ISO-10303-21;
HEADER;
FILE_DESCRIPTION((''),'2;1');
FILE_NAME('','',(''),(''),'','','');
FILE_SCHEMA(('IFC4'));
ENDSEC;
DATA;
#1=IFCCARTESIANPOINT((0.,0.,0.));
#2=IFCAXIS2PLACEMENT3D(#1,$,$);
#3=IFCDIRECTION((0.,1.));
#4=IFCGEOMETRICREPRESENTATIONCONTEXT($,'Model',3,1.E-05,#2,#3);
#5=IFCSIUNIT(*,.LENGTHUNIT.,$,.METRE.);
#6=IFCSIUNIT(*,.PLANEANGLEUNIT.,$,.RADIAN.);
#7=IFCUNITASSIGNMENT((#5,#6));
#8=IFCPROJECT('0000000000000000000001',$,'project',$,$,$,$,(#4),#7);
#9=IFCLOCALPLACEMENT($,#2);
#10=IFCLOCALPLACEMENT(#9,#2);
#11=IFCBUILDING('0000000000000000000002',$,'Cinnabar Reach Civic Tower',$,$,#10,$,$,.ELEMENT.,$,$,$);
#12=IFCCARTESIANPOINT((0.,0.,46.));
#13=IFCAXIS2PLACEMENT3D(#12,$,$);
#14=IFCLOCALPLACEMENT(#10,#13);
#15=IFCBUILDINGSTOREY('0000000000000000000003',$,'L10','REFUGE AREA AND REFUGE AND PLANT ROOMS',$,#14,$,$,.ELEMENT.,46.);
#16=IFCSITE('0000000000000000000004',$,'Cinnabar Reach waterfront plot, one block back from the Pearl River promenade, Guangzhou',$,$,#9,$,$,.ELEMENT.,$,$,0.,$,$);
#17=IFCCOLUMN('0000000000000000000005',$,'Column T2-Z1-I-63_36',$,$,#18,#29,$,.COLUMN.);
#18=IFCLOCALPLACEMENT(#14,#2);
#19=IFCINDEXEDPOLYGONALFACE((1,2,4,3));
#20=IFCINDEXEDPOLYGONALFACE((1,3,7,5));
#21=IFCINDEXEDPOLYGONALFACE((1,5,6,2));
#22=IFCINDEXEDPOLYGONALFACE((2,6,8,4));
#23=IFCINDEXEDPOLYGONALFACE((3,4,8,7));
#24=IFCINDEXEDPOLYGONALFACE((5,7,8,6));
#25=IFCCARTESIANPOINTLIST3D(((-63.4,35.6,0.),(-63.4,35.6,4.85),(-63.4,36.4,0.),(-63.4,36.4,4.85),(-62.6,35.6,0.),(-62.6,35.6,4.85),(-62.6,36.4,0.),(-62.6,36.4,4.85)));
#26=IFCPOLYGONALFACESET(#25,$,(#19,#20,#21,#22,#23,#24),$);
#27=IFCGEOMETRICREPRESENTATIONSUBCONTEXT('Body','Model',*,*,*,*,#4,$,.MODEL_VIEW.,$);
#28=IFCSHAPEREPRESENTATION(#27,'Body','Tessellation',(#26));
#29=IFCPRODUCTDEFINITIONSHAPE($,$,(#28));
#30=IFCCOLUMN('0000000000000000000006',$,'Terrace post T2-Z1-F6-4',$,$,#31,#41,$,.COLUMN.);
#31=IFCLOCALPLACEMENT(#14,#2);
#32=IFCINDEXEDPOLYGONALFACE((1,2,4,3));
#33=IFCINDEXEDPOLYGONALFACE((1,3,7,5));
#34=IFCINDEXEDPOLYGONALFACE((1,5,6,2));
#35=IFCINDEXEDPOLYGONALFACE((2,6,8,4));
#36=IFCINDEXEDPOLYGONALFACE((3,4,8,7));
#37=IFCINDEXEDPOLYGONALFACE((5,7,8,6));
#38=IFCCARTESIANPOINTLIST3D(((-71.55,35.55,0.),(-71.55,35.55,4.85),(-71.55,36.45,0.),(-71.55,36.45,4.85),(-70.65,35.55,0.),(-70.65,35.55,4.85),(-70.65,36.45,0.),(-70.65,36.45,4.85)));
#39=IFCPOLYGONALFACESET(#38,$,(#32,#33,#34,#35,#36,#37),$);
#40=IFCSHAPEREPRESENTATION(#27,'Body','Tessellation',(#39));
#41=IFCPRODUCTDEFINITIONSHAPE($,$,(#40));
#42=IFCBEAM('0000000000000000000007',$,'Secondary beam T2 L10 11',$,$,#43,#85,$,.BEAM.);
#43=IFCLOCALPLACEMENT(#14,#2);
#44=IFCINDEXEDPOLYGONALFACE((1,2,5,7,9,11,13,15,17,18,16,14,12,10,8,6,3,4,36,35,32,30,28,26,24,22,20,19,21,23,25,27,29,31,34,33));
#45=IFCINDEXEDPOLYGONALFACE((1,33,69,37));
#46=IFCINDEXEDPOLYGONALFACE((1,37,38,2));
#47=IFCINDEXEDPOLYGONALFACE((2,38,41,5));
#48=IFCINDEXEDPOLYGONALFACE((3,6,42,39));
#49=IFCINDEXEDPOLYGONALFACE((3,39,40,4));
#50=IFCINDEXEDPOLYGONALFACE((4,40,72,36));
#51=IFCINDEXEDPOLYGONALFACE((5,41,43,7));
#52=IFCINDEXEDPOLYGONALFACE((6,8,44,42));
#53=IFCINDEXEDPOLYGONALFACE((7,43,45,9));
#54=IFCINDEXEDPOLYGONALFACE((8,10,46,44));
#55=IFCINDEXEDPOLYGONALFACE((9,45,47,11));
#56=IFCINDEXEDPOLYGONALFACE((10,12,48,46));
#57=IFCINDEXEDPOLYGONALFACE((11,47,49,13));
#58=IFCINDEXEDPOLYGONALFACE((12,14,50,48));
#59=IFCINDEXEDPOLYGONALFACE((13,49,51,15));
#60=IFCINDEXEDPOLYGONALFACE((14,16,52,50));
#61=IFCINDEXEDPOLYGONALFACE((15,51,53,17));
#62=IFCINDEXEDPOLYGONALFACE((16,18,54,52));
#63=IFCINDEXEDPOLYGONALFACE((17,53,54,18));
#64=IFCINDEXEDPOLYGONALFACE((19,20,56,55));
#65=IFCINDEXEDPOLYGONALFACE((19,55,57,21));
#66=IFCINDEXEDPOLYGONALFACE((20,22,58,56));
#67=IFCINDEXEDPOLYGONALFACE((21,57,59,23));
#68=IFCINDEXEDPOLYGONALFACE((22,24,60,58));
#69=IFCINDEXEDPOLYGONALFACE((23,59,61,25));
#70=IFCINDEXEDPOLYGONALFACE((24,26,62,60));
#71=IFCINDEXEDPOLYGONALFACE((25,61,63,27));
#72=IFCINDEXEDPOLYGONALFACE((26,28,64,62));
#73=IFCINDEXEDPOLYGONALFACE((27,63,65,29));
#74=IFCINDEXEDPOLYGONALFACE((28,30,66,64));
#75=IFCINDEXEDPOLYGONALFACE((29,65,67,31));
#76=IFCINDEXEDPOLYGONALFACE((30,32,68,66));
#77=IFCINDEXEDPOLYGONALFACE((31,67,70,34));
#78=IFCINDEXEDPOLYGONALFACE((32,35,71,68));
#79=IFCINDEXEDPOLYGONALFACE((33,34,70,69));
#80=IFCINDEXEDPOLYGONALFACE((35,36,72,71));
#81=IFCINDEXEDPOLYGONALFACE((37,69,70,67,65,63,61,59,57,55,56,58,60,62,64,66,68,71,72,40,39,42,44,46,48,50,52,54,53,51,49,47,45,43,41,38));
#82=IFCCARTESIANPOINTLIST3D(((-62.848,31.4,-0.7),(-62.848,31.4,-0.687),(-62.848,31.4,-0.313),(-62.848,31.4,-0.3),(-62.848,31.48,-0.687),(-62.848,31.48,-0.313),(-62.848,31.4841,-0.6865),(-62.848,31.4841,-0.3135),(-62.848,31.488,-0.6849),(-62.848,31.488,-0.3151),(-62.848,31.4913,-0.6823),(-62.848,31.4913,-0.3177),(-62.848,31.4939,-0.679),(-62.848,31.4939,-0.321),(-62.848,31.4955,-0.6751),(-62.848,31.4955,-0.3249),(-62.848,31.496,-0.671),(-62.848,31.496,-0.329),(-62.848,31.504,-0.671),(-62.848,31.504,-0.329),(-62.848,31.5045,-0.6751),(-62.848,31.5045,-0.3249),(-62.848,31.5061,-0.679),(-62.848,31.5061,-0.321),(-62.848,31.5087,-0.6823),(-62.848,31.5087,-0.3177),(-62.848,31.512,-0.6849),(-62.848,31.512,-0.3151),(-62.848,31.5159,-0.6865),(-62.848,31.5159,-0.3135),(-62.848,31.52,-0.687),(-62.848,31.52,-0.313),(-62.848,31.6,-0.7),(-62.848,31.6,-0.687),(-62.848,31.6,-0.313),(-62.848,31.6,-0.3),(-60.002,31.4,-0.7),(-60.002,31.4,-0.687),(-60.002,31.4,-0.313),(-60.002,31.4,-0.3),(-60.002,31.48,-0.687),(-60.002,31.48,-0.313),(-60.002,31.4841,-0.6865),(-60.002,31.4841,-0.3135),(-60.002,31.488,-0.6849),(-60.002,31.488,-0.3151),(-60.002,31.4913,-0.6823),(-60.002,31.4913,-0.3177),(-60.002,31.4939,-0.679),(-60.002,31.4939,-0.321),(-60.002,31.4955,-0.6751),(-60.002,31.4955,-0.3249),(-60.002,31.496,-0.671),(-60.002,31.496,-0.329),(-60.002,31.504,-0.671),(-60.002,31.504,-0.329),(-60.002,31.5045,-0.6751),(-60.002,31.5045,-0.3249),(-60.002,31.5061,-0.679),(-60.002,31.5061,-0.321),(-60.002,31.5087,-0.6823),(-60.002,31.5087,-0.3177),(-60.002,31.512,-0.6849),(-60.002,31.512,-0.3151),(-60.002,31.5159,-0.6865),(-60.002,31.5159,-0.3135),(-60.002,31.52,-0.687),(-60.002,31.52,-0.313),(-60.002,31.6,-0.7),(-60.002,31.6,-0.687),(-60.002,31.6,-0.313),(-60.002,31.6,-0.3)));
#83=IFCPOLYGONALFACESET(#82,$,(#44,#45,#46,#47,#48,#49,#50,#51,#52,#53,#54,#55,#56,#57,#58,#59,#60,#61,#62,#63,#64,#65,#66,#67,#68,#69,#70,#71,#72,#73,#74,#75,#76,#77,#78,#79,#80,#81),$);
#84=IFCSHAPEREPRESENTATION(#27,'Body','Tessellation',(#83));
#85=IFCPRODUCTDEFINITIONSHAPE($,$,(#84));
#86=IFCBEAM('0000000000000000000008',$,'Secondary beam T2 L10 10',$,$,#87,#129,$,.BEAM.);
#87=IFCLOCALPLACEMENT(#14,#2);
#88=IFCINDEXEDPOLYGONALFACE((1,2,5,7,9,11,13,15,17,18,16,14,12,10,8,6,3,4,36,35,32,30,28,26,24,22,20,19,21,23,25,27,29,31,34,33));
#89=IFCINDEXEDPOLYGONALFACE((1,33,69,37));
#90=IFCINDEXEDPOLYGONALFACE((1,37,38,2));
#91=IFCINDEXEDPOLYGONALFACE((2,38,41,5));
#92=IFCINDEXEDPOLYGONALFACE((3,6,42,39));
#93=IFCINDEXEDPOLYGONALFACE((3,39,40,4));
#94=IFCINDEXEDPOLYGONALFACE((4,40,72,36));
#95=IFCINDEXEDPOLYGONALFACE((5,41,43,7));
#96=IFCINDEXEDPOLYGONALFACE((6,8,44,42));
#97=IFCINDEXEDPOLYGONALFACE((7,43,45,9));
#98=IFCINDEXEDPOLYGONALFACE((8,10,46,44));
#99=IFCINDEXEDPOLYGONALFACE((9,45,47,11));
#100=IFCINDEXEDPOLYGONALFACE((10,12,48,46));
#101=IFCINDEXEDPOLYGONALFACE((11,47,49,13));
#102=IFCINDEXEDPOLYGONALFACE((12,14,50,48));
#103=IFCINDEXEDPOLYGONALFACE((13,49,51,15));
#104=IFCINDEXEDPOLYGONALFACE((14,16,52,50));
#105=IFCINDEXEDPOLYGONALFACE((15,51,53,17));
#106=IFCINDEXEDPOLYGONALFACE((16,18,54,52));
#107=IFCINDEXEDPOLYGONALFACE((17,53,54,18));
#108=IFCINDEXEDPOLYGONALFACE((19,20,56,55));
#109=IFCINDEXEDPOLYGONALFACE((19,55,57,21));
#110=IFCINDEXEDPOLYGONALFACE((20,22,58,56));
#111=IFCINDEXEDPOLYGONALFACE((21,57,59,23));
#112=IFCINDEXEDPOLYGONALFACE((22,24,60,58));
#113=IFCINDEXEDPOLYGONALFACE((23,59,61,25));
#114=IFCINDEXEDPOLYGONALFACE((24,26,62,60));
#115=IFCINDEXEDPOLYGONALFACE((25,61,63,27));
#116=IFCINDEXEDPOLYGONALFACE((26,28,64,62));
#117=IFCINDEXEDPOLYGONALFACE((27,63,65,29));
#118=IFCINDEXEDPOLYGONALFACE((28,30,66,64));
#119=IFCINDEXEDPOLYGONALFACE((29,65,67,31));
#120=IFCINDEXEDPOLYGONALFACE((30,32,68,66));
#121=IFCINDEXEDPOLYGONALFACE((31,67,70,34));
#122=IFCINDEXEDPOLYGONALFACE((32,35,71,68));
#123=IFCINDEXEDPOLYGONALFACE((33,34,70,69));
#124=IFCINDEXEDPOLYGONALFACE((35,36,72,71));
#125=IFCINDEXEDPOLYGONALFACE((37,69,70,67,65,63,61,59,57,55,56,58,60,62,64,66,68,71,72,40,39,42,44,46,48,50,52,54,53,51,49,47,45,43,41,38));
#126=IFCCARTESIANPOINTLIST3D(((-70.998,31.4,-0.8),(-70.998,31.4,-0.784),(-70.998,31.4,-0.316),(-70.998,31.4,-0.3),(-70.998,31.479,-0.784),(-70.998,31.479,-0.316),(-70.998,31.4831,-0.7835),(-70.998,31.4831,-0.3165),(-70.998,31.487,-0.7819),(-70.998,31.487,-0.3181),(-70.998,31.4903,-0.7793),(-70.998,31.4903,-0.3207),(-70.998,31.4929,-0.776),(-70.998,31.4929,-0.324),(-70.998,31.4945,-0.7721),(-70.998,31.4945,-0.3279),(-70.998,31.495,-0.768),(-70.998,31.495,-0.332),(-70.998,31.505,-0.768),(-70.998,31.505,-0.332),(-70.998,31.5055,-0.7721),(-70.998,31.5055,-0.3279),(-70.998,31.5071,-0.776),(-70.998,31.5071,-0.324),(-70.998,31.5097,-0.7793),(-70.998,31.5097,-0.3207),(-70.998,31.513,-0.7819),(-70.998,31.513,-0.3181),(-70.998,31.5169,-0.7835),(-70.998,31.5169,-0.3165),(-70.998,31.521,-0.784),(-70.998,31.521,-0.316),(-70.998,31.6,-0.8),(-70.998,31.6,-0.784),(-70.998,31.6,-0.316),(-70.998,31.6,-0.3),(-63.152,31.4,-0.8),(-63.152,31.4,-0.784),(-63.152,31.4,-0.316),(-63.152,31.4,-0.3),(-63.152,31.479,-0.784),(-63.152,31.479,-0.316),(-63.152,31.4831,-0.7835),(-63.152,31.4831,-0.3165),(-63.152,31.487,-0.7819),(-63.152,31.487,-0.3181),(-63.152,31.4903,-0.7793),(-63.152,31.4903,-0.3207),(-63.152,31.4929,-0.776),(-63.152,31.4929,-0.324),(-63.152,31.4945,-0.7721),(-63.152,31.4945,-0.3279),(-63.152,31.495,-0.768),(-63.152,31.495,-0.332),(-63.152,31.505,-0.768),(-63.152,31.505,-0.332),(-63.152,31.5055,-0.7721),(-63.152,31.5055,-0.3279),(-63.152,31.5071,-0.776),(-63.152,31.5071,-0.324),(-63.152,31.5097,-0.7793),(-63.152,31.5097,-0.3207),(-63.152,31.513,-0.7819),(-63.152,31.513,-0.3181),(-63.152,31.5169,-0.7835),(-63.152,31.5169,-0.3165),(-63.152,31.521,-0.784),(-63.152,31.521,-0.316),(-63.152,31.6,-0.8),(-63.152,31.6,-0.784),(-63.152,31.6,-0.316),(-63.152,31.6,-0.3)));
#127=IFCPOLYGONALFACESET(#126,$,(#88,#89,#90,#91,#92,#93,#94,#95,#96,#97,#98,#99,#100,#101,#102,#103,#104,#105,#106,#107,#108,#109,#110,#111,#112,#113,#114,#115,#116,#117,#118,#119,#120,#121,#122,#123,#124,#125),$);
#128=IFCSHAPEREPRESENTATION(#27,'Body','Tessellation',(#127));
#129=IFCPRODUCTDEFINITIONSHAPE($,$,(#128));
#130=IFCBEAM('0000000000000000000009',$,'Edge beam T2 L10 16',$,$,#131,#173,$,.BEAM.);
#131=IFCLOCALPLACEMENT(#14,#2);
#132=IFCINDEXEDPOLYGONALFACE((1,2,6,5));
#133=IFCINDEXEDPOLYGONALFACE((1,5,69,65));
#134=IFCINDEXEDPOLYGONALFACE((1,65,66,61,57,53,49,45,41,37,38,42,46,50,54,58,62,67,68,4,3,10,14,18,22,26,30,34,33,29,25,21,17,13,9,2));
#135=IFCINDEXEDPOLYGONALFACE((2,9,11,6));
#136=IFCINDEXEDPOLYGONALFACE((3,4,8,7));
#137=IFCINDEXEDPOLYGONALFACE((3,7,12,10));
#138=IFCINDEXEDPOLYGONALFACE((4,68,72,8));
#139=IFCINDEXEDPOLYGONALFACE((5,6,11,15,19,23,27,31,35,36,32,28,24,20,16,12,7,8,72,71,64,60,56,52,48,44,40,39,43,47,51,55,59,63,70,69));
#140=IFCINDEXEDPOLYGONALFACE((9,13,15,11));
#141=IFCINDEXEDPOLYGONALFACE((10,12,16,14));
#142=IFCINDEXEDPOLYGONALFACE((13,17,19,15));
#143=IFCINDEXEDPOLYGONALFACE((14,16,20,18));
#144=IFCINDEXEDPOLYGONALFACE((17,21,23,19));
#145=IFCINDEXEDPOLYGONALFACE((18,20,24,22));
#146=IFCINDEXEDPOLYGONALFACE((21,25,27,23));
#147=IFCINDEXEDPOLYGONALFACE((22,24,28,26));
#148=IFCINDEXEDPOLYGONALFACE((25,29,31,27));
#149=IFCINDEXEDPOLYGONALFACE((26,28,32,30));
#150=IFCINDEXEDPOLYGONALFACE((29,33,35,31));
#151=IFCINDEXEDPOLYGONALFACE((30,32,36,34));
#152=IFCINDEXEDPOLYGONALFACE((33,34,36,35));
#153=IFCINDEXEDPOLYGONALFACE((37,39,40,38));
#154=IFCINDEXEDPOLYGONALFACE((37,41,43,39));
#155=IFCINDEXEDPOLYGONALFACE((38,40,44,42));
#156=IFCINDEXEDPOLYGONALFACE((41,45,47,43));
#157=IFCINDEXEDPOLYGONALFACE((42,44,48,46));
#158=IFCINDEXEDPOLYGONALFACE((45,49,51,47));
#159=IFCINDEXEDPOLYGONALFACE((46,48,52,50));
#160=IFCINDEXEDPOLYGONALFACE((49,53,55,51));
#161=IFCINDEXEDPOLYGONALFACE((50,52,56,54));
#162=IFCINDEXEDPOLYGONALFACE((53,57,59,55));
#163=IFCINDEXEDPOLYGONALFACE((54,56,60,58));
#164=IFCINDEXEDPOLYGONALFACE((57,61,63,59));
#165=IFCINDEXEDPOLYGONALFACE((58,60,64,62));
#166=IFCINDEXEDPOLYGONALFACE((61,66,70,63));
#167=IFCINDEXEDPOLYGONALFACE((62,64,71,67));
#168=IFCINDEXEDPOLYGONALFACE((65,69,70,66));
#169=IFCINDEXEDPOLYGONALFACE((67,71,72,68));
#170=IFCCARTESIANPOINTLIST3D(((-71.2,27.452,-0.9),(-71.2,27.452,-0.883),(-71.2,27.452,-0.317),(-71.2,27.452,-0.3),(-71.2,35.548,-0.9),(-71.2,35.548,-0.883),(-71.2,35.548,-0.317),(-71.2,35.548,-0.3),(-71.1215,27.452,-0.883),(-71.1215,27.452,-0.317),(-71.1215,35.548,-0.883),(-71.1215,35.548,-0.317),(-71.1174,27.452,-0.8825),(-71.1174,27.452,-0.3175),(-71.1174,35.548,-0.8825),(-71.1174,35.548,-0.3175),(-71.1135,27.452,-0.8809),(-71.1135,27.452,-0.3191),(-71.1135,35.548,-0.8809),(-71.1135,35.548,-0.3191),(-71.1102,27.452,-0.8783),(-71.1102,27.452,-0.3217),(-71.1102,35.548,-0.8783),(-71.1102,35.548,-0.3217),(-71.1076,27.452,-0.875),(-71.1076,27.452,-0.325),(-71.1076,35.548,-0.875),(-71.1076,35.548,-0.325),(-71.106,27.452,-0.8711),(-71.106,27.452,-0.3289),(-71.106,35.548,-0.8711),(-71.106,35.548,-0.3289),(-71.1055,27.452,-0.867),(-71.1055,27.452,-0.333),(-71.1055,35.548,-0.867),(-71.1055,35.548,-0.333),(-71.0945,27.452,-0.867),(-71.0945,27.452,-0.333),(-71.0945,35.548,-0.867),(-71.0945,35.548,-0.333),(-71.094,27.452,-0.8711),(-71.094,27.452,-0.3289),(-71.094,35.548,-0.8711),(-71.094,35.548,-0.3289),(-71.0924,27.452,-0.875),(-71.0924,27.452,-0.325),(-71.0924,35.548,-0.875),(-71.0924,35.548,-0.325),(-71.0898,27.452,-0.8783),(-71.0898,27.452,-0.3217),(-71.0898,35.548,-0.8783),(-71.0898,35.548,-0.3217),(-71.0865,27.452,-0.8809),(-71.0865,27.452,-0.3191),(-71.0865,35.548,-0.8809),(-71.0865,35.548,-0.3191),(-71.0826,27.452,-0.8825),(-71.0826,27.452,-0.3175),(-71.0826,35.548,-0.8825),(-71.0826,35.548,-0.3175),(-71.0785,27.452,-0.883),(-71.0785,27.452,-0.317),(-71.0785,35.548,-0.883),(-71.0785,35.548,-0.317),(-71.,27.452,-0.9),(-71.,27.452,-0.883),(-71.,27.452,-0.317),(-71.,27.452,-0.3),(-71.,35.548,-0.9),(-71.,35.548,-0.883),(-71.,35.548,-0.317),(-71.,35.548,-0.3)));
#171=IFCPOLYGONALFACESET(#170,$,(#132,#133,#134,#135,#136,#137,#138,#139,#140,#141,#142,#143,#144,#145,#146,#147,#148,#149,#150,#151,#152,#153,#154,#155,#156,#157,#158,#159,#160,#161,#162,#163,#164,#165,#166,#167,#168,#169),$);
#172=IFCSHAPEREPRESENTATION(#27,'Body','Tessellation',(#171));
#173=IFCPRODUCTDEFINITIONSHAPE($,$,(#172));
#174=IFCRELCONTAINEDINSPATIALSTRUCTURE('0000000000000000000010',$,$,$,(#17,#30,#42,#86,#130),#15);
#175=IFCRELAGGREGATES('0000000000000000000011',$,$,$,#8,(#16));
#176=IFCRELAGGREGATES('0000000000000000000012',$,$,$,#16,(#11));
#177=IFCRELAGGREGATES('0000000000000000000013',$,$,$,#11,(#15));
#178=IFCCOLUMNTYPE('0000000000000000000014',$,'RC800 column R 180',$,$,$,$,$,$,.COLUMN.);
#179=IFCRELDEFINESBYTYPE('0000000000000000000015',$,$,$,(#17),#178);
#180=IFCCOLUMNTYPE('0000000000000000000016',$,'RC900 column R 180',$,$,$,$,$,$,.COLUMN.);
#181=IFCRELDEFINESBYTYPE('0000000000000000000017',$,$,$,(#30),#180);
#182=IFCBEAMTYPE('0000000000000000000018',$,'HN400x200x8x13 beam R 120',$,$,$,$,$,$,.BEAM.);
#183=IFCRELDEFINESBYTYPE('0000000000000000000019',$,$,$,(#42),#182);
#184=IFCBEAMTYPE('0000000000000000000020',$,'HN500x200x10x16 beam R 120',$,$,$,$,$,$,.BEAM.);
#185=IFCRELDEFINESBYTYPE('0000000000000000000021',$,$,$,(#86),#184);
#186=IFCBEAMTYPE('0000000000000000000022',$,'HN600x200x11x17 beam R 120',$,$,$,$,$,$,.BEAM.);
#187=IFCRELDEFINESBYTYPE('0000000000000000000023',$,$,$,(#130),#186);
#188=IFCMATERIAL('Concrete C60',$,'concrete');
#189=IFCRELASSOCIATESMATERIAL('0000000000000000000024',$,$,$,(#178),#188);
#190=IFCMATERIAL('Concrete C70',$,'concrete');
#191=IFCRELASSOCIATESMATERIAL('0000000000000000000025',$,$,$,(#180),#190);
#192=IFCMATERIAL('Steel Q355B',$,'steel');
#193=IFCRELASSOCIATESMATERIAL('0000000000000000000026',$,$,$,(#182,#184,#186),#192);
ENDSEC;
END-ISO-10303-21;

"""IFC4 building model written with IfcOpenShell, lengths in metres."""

from ifc_helpers import new_model, si_unit, direction, frame, origin, origin_2d, place, context, subcontext, project, spatial, rectangle, i_section, extrude, material, material_profile, profile_set, type_object, element, save


model = new_model("IFC4")

# Units and contexts
model_context = context("Model", 3, precision=1e-05, world=origin(), true_north=direction((0.0, 1.0)))
body_context = subcontext(model_context, "Body", "Model", "MODEL_VIEW")
ifc_project = project(units=[si_unit("LENGTHUNIT", "METRE"), si_unit("PLANEANGLEUNIT", "RADIAN")], contexts=[model_context])

# Site, building, storey
site_placement = place(None, origin())
site = spatial("IfcSite", under=ifc_project, at=site_placement, Name="Cinnabar Reach waterfront plot, one block back from the Pearl River promenade, Guangzhou", CompositionType="ELEMENT", RefElevation=0.0)
building_placement = place(site_placement, origin())
building = spatial("IfcBuilding", under=site, at=building_placement, Name="Cinnabar Reach Civic Tower", CompositionType="ELEMENT")
storey_placement = place(building_placement, frame((0.0, 0.0, 46.0)))
storey = spatial("IfcBuildingStorey", under=building, at=storey_placement, Name="L10", Description="REFUGE AREA AND REFUGE AND PLANT ROOMS", CompositionType="ELEMENT", Elevation=46.0)

# Columns
ifc_material_1 = material(Name="Concrete C60", Category="concrete")
ifc_material_profile_1 = material_profile(ifc_material_1, rectangle(XDim=0.8, YDim=0.8, at=origin_2d()), Name="RC800")
ifc_profile_set_1 = profile_set([ifc_material_profile_1], Name="Concrete C60")
column_type_1 = type_object("IfcColumnType", Name="RC800 column R 180", PredefinedType="COLUMN", material=ifc_profile_set_1)
column_1_placement = place(storey_placement, frame((-63.0, 36.0, 0.0), z_axis=(0.0, 0.0, 1.0), x_axis=(1.0, 0.0, 0.0)))
element("IfcColumn", 1, at=column_1_placement, inside=storey, type_object=column_type_1, Name="Column T2-Z1-I-63_36", PredefinedType="COLUMN", context=body_context, shape_type="SweptSolid", body=[
    extrude(rectangle(XDim=0.8, YDim=0.8, at=origin_2d()), origin(), (0.0, 0.0, 1.0), 4.85),
])
ifc_material_2 = material(Name="Concrete C70", Category="concrete")
ifc_material_profile_2 = material_profile(ifc_material_2, rectangle(XDim=0.9, YDim=0.9, at=origin_2d()), Name="RC900")
ifc_profile_set_2 = profile_set([ifc_material_profile_2], Name="Concrete C70")
column_type_2 = type_object("IfcColumnType", Name="RC900 column R 180", PredefinedType="COLUMN", material=ifc_profile_set_2)
column_2_placement = place(storey_placement, frame((-71.1, 36.0, 0.0), z_axis=(0.0, 0.0, 1.0), x_axis=(1.0, 0.0, 0.0)))
element("IfcColumn", 2, at=column_2_placement, inside=storey, type_object=column_type_2, Name="Terrace post T2-Z1-F6-4", PredefinedType="COLUMN", context=body_context, shape_type="SweptSolid", body=[
    extrude(rectangle(XDim=0.9, YDim=0.9, at=origin_2d()), origin(), (0.0, 0.0, 1.0), 4.85),
])

# Beams
ifc_material_3 = material(Name="Steel Q355B", Category="steel")
ifc_material_profile_3 = material_profile(ifc_material_3, i_section(OverallWidth=0.2, OverallDepth=0.4, WebThickness=0.008, FlangeThickness=0.013, FilletRadius=0.016, at=origin_2d()), Name="HN400x200x8x13")
ifc_profile_set_3 = profile_set([ifc_material_profile_3], Name="Steel Q355B")
beam_type_1 = type_object("IfcBeamType", Name="HN400x200x8x13 beam R 120", PredefinedType="BEAM", material=ifc_profile_set_3)
beam_1_placement = place(storey_placement, frame((-62.848, 31.5, -0.5), z_axis=(1.0, 0.0, 0.0), x_axis=(0.0, 1.0, 0.0)))
element("IfcBeam", 3, at=beam_1_placement, inside=storey, type_object=beam_type_1, Name="Secondary beam T2 L10 11", PredefinedType="BEAM", context=body_context, shape_type="SweptSolid", body=[
    extrude(i_section(OverallWidth=0.2, OverallDepth=0.4, WebThickness=0.008, FlangeThickness=0.013, FilletRadius=0.016, at=origin_2d()), origin(), (0.0, 0.0, 1.0), 2.846),
])
ifc_material_profile_4 = material_profile(ifc_material_3, i_section(OverallWidth=0.2, OverallDepth=0.5, WebThickness=0.01, FlangeThickness=0.016, FilletRadius=0.016, at=origin_2d()), Name="HN500x200x10x16")
ifc_profile_set_4 = profile_set([ifc_material_profile_4], Name="Steel Q355B")
beam_type_2 = type_object("IfcBeamType", Name="HN500x200x10x16 beam R 120", PredefinedType="BEAM", material=ifc_profile_set_4)
beam_2_placement = place(storey_placement, frame((-70.998, 31.5, -0.55), z_axis=(1.0, 0.0, 0.0), x_axis=(0.0, 1.0, 0.0)))
element("IfcBeam", 4, at=beam_2_placement, inside=storey, type_object=beam_type_2, Name="Secondary beam T2 L10 10", PredefinedType="BEAM", context=body_context, shape_type="SweptSolid", body=[
    extrude(i_section(OverallWidth=0.2, OverallDepth=0.5, WebThickness=0.01, FlangeThickness=0.016, FilletRadius=0.016, at=origin_2d()), origin(), (0.0, 0.0, 1.0), 7.846),
])
ifc_material_profile_5 = material_profile(ifc_material_3, i_section(OverallWidth=0.2, OverallDepth=0.6, WebThickness=0.011, FlangeThickness=0.017, FilletRadius=0.016, at=origin_2d()), Name="HN600x200x11x17")
ifc_profile_set_5 = profile_set([ifc_material_profile_5], Name="Steel Q355B")
beam_type_3 = type_object("IfcBeamType", Name="HN600x200x11x17 beam R 120", PredefinedType="BEAM", material=ifc_profile_set_5)
beam_3_placement = place(storey_placement, frame((-71.1, 35.548, -0.6), z_axis=(0.0, -1.0, 0.0), x_axis=(1.0, 0.0, 0.0)))
element("IfcBeam", 5, at=beam_3_placement, inside=storey, type_object=beam_type_3, Name="Edge beam T2 L10 16", PredefinedType="BEAM", context=body_context, shape_type="SweptSolid", body=[
    extrude(i_section(OverallWidth=0.2, OverallDepth=0.6, WebThickness=0.011, FlangeThickness=0.017, FilletRadius=0.016, at=origin_2d()), origin(), (0.0, 0.0, 1.0), 8.096),
])

save(model, "model.ifc")
